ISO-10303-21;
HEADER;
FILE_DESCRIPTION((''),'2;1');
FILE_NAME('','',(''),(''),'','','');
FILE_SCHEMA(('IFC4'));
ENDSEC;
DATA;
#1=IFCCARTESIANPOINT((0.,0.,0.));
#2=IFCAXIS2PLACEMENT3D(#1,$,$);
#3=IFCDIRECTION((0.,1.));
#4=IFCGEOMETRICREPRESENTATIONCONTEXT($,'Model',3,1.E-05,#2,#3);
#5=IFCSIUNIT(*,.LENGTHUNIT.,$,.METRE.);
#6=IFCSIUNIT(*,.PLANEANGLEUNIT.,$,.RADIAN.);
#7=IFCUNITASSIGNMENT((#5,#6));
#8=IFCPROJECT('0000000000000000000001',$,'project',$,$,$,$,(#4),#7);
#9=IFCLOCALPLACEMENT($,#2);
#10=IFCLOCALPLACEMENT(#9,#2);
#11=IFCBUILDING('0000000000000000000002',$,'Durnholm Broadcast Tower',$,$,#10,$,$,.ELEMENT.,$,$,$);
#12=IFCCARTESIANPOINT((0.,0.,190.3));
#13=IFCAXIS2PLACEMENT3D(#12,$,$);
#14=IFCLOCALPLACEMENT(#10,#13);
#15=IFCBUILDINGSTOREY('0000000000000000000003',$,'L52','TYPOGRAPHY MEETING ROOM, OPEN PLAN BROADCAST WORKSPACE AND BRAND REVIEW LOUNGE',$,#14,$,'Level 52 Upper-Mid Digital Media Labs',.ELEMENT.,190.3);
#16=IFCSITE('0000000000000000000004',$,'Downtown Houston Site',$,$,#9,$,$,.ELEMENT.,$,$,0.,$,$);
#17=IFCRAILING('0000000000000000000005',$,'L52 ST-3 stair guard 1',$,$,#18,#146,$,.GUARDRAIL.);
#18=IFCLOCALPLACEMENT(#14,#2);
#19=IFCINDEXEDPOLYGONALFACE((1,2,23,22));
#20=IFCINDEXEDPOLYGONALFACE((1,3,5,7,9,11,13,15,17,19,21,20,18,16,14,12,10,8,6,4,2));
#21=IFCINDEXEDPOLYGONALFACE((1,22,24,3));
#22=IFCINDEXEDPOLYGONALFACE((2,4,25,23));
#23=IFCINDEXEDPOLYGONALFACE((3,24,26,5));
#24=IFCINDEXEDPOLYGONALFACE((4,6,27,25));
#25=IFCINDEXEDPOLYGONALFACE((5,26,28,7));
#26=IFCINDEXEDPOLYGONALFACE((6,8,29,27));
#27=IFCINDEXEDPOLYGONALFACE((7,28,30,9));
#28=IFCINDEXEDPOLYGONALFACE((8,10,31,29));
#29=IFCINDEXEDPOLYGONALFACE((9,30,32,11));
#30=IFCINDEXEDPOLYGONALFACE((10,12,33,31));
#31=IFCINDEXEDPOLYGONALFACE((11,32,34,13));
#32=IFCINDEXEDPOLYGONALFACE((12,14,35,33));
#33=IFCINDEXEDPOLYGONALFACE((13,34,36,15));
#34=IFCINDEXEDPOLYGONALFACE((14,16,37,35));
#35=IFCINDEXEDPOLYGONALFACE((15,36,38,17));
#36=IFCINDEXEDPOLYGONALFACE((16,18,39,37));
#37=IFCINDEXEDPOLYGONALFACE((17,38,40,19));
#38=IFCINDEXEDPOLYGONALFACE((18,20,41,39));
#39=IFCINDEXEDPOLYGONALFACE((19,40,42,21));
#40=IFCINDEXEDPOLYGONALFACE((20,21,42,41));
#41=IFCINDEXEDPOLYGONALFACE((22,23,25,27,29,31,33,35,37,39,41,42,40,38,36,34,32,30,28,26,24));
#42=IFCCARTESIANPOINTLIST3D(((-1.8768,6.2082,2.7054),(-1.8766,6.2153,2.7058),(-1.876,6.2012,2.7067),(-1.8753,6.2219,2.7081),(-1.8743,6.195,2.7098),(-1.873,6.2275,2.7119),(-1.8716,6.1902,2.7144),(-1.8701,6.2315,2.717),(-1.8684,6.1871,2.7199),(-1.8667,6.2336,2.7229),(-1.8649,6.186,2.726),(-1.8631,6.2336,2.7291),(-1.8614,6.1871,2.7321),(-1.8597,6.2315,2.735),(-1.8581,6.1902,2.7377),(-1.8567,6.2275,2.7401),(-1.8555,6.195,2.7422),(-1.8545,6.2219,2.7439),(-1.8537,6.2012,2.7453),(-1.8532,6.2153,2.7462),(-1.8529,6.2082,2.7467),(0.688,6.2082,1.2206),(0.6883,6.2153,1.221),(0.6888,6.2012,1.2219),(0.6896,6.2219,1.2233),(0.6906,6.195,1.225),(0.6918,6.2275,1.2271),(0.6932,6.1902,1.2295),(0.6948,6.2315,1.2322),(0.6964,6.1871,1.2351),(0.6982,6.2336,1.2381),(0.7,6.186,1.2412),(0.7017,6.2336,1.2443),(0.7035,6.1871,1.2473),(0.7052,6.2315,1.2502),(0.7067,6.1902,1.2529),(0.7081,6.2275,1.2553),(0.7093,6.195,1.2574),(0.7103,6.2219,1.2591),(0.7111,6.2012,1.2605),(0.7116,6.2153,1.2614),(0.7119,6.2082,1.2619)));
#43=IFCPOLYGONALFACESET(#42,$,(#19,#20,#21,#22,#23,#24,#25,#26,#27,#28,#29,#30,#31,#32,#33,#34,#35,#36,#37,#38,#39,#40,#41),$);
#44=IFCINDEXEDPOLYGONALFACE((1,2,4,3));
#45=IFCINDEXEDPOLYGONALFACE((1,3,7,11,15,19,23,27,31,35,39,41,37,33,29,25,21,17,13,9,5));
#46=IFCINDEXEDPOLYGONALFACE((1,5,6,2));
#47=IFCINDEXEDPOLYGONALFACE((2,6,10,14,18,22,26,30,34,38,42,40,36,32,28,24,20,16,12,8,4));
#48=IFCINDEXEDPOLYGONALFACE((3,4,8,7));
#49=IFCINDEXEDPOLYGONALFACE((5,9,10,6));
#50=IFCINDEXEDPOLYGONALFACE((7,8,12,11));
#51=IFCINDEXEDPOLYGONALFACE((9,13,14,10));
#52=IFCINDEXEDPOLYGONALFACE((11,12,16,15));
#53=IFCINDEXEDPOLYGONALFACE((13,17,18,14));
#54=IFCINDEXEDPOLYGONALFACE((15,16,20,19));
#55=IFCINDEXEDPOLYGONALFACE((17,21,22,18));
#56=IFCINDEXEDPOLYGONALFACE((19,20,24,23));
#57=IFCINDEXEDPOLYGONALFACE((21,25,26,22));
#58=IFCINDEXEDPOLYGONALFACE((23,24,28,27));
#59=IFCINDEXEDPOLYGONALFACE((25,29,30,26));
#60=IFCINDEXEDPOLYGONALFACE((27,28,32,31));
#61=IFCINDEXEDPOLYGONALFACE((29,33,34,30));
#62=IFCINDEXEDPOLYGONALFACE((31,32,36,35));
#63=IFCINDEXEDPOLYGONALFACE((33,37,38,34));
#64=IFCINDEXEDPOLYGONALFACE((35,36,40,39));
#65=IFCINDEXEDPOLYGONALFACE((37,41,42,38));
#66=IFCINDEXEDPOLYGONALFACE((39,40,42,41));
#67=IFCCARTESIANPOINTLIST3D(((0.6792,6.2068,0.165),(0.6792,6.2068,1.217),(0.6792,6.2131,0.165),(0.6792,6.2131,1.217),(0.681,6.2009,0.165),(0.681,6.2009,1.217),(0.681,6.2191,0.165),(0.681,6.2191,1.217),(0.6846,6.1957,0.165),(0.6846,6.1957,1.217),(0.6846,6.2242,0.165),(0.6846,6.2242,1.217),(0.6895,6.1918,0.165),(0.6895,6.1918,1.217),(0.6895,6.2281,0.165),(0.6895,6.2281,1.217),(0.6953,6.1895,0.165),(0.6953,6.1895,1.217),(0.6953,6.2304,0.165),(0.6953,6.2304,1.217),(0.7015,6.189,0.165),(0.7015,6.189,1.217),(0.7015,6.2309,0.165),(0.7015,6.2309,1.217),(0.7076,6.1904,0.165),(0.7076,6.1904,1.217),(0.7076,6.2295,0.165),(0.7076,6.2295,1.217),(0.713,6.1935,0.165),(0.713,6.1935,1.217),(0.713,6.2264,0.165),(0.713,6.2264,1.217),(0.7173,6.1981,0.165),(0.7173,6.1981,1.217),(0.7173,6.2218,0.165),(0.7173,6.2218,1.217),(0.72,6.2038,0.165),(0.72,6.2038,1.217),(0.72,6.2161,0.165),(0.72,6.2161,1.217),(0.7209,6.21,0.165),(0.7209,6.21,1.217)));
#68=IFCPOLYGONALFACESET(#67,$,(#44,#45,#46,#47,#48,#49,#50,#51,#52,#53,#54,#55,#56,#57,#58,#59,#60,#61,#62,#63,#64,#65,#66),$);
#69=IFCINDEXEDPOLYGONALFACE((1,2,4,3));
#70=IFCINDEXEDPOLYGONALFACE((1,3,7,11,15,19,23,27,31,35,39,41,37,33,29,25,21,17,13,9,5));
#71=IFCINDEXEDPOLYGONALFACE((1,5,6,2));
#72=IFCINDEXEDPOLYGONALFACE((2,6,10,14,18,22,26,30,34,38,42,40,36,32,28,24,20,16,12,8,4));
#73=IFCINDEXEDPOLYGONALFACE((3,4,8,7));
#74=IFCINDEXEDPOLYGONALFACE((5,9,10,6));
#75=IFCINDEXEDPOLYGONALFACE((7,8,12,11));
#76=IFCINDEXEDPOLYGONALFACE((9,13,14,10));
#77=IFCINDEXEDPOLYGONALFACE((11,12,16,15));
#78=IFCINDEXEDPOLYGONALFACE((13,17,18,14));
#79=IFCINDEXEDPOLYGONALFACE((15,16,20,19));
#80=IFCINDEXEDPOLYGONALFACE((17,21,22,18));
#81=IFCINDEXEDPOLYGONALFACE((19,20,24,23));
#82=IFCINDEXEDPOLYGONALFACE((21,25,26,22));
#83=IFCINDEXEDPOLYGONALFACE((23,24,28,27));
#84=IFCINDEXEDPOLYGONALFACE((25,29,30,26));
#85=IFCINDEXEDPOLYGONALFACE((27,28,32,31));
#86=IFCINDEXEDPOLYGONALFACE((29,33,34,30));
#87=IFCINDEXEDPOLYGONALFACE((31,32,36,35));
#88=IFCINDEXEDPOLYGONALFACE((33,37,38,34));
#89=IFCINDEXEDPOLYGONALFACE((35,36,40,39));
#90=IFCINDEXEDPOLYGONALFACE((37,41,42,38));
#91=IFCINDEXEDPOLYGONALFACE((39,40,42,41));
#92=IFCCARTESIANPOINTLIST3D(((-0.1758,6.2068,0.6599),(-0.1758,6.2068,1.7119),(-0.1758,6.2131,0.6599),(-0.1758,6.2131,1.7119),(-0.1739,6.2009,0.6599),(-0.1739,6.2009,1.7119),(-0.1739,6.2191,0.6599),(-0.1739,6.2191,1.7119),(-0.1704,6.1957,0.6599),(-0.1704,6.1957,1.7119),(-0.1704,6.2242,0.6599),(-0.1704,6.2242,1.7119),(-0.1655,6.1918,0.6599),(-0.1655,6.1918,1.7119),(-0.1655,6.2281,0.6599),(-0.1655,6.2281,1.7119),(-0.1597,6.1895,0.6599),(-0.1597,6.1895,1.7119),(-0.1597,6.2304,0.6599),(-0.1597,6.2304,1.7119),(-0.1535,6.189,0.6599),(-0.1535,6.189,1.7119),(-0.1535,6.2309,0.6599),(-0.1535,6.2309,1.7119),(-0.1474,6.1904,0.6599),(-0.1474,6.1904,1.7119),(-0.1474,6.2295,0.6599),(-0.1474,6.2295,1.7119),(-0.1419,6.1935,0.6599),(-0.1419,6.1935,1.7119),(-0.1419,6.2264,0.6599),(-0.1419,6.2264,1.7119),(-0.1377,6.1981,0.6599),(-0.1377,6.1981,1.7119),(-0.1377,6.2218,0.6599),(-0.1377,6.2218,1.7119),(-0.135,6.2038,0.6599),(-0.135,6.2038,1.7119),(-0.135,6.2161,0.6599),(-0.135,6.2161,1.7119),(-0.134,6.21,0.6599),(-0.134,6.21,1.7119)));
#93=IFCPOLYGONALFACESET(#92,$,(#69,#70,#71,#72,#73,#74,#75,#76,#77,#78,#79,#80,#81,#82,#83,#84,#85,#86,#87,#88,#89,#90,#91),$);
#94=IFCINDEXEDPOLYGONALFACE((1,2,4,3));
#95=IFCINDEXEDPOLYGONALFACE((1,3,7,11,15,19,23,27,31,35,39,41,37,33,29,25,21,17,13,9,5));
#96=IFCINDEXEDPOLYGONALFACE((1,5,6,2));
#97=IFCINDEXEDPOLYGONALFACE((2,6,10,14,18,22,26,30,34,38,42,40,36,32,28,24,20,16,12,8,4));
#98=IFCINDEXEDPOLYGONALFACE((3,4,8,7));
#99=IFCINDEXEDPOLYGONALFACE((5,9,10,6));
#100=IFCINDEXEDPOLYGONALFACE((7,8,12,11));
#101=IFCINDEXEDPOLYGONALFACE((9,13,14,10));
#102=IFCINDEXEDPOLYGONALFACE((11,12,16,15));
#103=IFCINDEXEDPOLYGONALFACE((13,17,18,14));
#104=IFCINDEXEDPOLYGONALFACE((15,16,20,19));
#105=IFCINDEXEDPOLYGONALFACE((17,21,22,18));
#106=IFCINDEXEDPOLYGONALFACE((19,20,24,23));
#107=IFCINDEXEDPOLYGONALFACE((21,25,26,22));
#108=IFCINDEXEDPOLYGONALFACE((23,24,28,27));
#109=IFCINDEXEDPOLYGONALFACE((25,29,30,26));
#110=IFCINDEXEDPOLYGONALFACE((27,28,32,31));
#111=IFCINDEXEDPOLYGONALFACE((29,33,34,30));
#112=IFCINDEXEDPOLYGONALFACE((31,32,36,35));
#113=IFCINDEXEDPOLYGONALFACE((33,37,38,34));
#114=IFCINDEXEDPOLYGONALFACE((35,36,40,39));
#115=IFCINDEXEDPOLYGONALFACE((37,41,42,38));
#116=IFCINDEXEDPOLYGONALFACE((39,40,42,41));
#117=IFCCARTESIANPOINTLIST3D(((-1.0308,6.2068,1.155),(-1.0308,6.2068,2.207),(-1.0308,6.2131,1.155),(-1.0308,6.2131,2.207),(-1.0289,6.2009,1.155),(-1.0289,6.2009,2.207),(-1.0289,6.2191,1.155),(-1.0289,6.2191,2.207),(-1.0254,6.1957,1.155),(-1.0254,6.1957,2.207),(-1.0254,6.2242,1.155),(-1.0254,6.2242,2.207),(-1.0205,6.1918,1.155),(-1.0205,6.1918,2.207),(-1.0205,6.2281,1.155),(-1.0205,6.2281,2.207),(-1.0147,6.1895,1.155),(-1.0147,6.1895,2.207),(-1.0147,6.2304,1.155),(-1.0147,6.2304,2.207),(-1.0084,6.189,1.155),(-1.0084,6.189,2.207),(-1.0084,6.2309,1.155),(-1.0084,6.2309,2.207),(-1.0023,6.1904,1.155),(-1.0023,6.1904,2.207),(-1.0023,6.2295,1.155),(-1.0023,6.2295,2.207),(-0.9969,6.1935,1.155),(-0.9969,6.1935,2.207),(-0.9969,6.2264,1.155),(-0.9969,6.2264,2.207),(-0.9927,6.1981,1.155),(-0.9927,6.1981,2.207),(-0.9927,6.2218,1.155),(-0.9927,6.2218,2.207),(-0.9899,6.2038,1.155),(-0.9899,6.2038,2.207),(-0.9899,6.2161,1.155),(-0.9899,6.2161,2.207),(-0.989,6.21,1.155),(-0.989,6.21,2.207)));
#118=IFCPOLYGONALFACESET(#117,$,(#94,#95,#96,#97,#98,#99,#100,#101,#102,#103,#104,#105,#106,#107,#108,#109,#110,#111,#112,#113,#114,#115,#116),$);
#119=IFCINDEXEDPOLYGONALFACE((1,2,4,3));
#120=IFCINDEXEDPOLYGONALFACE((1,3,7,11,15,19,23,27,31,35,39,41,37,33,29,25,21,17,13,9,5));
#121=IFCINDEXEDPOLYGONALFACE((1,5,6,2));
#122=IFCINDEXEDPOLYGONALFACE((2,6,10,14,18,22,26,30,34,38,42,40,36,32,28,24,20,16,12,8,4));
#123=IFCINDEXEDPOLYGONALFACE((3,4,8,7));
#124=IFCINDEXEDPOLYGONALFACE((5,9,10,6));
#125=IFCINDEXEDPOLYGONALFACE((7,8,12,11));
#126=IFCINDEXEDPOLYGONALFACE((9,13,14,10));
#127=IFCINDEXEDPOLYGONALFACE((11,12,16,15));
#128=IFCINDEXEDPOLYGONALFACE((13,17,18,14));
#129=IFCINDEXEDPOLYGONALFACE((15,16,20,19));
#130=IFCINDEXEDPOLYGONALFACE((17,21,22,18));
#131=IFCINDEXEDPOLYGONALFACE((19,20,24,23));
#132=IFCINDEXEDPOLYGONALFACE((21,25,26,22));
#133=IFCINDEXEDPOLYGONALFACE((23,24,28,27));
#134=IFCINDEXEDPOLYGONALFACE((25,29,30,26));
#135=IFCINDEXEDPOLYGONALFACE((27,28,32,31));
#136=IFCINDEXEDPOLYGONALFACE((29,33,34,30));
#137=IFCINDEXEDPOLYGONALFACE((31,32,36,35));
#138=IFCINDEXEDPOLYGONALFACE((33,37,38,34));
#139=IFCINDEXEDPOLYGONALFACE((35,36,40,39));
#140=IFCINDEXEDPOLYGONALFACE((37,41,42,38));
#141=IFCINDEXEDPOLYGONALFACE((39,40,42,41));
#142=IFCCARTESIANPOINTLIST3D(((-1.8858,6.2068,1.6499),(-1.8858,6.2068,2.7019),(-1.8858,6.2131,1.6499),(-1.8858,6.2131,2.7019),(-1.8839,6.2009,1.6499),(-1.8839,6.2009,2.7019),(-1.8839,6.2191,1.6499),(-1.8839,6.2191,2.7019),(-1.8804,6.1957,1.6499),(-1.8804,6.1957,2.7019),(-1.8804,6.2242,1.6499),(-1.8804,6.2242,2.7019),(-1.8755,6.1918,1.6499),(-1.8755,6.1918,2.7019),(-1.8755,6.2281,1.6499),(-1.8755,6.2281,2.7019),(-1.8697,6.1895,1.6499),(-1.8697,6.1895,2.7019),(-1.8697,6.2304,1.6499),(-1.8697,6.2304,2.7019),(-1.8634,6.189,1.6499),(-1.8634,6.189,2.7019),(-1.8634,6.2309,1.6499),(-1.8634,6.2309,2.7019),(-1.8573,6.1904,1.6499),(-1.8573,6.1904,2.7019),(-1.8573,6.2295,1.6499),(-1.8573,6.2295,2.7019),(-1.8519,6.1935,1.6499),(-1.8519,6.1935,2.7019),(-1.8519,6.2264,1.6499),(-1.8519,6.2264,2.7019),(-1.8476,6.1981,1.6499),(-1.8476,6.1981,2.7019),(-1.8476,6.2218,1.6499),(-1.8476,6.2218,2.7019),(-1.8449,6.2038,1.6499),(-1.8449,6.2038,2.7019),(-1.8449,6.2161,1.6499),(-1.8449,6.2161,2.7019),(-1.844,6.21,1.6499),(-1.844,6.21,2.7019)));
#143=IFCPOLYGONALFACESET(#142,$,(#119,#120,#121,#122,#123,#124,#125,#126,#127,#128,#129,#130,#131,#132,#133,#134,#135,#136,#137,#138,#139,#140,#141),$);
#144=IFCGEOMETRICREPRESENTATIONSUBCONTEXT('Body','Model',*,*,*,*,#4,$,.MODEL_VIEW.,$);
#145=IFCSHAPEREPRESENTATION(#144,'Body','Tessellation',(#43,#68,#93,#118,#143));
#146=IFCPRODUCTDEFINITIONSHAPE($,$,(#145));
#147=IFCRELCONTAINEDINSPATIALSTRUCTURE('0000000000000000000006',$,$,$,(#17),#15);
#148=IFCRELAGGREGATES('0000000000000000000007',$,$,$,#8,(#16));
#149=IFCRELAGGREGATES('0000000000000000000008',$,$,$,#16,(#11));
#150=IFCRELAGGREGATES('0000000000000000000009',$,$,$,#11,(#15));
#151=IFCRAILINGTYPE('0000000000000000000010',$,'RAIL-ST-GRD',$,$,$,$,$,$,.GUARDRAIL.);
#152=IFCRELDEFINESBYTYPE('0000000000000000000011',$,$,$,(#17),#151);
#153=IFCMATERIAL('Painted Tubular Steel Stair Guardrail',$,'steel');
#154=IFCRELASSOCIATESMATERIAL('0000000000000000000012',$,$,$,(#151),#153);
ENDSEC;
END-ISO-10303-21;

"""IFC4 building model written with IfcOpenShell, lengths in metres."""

from ifc_helpers import new_model, si_unit, direction, frame, origin, origin_2d, place, context, subcontext, project, spatial, circle, extrude, material, type_object, element, save


model = new_model("IFC4")

# Units and contexts
model_context = context("Model", 3, precision=1e-05, world=origin(), true_north=direction((0.0, 1.0)))
body_context = subcontext(model_context, "Body", "Model", "MODEL_VIEW")
ifc_project = project(units=[si_unit("LENGTHUNIT", "METRE"), si_unit("PLANEANGLEUNIT", "RADIAN")], contexts=[model_context])

# Site, building, storey
site_placement = place(None, origin())
site = spatial("IfcSite", under=ifc_project, at=site_placement, Name="Downtown Houston Site", CompositionType="ELEMENT", RefElevation=0.0)
building_placement = place(site_placement, origin())
building = spatial("IfcBuilding", under=site, at=building_placement, Name="Durnholm Broadcast Tower", CompositionType="ELEMENT")
storey_placement = place(building_placement, frame((0.0, 0.0, 190.3)))
storey = spatial("IfcBuildingStorey", under=building, at=storey_placement, Name="L52", Description="TYPOGRAPHY MEETING ROOM, OPEN PLAN BROADCAST WORKSPACE AND BRAND REVIEW LOUNGE", LongName="Level 52 Upper-Mid Digital Media Labs", CompositionType="ELEMENT", Elevation=190.3)

# Railing
ifc_material_1 = material(Name="Painted Tubular Steel Stair Guardrail", Category="steel")
railing_type_1 = type_object("IfcRailingType", Name="RAIL-ST-GRD", PredefinedType="GUARDRAIL", material=ifc_material_1)
railing_1_placement = place(storey_placement, frame((0.7, 6.21, 0.165)))
element("IfcRailing", 1, at=railing_1_placement, inside=storey, type_object=railing_type_1, Name="L52 ST-3 stair guard 1", PredefinedType="GUARDRAIL", context=body_context, shape_type="SweptSolid", body=[
    extrude(circle(Radius=0.0239, at=origin_2d()), frame((0.0, 0.0, 1.0762), z_axis=(-0.865441, 0.0, 0.50101), x_axis=(0.0, -1.0, 0.0)), (0.0, 0.0, 1.0), 2.9636),
    extrude(circle(Radius=0.021, at=origin_2d()), origin(), (0.0, 0.0, 1.0), 1.052),
    extrude(circle(Radius=0.021, at=origin_2d()), frame((-0.855, 0.0, 0.4949)), (0.0, 0.0, 1.0), 1.052),
    extrude(circle(Radius=0.021, at=origin_2d()), frame((-1.71, 0.0, 0.99)), (0.0, 0.0, 1.0), 1.052),
    extrude(circle(Radius=0.021, at=origin_2d()), frame((-2.5649, 0.0, 1.4849)), (0.0, 0.0, 1.0), 1.052),
])

save(model, "model.ifc")
